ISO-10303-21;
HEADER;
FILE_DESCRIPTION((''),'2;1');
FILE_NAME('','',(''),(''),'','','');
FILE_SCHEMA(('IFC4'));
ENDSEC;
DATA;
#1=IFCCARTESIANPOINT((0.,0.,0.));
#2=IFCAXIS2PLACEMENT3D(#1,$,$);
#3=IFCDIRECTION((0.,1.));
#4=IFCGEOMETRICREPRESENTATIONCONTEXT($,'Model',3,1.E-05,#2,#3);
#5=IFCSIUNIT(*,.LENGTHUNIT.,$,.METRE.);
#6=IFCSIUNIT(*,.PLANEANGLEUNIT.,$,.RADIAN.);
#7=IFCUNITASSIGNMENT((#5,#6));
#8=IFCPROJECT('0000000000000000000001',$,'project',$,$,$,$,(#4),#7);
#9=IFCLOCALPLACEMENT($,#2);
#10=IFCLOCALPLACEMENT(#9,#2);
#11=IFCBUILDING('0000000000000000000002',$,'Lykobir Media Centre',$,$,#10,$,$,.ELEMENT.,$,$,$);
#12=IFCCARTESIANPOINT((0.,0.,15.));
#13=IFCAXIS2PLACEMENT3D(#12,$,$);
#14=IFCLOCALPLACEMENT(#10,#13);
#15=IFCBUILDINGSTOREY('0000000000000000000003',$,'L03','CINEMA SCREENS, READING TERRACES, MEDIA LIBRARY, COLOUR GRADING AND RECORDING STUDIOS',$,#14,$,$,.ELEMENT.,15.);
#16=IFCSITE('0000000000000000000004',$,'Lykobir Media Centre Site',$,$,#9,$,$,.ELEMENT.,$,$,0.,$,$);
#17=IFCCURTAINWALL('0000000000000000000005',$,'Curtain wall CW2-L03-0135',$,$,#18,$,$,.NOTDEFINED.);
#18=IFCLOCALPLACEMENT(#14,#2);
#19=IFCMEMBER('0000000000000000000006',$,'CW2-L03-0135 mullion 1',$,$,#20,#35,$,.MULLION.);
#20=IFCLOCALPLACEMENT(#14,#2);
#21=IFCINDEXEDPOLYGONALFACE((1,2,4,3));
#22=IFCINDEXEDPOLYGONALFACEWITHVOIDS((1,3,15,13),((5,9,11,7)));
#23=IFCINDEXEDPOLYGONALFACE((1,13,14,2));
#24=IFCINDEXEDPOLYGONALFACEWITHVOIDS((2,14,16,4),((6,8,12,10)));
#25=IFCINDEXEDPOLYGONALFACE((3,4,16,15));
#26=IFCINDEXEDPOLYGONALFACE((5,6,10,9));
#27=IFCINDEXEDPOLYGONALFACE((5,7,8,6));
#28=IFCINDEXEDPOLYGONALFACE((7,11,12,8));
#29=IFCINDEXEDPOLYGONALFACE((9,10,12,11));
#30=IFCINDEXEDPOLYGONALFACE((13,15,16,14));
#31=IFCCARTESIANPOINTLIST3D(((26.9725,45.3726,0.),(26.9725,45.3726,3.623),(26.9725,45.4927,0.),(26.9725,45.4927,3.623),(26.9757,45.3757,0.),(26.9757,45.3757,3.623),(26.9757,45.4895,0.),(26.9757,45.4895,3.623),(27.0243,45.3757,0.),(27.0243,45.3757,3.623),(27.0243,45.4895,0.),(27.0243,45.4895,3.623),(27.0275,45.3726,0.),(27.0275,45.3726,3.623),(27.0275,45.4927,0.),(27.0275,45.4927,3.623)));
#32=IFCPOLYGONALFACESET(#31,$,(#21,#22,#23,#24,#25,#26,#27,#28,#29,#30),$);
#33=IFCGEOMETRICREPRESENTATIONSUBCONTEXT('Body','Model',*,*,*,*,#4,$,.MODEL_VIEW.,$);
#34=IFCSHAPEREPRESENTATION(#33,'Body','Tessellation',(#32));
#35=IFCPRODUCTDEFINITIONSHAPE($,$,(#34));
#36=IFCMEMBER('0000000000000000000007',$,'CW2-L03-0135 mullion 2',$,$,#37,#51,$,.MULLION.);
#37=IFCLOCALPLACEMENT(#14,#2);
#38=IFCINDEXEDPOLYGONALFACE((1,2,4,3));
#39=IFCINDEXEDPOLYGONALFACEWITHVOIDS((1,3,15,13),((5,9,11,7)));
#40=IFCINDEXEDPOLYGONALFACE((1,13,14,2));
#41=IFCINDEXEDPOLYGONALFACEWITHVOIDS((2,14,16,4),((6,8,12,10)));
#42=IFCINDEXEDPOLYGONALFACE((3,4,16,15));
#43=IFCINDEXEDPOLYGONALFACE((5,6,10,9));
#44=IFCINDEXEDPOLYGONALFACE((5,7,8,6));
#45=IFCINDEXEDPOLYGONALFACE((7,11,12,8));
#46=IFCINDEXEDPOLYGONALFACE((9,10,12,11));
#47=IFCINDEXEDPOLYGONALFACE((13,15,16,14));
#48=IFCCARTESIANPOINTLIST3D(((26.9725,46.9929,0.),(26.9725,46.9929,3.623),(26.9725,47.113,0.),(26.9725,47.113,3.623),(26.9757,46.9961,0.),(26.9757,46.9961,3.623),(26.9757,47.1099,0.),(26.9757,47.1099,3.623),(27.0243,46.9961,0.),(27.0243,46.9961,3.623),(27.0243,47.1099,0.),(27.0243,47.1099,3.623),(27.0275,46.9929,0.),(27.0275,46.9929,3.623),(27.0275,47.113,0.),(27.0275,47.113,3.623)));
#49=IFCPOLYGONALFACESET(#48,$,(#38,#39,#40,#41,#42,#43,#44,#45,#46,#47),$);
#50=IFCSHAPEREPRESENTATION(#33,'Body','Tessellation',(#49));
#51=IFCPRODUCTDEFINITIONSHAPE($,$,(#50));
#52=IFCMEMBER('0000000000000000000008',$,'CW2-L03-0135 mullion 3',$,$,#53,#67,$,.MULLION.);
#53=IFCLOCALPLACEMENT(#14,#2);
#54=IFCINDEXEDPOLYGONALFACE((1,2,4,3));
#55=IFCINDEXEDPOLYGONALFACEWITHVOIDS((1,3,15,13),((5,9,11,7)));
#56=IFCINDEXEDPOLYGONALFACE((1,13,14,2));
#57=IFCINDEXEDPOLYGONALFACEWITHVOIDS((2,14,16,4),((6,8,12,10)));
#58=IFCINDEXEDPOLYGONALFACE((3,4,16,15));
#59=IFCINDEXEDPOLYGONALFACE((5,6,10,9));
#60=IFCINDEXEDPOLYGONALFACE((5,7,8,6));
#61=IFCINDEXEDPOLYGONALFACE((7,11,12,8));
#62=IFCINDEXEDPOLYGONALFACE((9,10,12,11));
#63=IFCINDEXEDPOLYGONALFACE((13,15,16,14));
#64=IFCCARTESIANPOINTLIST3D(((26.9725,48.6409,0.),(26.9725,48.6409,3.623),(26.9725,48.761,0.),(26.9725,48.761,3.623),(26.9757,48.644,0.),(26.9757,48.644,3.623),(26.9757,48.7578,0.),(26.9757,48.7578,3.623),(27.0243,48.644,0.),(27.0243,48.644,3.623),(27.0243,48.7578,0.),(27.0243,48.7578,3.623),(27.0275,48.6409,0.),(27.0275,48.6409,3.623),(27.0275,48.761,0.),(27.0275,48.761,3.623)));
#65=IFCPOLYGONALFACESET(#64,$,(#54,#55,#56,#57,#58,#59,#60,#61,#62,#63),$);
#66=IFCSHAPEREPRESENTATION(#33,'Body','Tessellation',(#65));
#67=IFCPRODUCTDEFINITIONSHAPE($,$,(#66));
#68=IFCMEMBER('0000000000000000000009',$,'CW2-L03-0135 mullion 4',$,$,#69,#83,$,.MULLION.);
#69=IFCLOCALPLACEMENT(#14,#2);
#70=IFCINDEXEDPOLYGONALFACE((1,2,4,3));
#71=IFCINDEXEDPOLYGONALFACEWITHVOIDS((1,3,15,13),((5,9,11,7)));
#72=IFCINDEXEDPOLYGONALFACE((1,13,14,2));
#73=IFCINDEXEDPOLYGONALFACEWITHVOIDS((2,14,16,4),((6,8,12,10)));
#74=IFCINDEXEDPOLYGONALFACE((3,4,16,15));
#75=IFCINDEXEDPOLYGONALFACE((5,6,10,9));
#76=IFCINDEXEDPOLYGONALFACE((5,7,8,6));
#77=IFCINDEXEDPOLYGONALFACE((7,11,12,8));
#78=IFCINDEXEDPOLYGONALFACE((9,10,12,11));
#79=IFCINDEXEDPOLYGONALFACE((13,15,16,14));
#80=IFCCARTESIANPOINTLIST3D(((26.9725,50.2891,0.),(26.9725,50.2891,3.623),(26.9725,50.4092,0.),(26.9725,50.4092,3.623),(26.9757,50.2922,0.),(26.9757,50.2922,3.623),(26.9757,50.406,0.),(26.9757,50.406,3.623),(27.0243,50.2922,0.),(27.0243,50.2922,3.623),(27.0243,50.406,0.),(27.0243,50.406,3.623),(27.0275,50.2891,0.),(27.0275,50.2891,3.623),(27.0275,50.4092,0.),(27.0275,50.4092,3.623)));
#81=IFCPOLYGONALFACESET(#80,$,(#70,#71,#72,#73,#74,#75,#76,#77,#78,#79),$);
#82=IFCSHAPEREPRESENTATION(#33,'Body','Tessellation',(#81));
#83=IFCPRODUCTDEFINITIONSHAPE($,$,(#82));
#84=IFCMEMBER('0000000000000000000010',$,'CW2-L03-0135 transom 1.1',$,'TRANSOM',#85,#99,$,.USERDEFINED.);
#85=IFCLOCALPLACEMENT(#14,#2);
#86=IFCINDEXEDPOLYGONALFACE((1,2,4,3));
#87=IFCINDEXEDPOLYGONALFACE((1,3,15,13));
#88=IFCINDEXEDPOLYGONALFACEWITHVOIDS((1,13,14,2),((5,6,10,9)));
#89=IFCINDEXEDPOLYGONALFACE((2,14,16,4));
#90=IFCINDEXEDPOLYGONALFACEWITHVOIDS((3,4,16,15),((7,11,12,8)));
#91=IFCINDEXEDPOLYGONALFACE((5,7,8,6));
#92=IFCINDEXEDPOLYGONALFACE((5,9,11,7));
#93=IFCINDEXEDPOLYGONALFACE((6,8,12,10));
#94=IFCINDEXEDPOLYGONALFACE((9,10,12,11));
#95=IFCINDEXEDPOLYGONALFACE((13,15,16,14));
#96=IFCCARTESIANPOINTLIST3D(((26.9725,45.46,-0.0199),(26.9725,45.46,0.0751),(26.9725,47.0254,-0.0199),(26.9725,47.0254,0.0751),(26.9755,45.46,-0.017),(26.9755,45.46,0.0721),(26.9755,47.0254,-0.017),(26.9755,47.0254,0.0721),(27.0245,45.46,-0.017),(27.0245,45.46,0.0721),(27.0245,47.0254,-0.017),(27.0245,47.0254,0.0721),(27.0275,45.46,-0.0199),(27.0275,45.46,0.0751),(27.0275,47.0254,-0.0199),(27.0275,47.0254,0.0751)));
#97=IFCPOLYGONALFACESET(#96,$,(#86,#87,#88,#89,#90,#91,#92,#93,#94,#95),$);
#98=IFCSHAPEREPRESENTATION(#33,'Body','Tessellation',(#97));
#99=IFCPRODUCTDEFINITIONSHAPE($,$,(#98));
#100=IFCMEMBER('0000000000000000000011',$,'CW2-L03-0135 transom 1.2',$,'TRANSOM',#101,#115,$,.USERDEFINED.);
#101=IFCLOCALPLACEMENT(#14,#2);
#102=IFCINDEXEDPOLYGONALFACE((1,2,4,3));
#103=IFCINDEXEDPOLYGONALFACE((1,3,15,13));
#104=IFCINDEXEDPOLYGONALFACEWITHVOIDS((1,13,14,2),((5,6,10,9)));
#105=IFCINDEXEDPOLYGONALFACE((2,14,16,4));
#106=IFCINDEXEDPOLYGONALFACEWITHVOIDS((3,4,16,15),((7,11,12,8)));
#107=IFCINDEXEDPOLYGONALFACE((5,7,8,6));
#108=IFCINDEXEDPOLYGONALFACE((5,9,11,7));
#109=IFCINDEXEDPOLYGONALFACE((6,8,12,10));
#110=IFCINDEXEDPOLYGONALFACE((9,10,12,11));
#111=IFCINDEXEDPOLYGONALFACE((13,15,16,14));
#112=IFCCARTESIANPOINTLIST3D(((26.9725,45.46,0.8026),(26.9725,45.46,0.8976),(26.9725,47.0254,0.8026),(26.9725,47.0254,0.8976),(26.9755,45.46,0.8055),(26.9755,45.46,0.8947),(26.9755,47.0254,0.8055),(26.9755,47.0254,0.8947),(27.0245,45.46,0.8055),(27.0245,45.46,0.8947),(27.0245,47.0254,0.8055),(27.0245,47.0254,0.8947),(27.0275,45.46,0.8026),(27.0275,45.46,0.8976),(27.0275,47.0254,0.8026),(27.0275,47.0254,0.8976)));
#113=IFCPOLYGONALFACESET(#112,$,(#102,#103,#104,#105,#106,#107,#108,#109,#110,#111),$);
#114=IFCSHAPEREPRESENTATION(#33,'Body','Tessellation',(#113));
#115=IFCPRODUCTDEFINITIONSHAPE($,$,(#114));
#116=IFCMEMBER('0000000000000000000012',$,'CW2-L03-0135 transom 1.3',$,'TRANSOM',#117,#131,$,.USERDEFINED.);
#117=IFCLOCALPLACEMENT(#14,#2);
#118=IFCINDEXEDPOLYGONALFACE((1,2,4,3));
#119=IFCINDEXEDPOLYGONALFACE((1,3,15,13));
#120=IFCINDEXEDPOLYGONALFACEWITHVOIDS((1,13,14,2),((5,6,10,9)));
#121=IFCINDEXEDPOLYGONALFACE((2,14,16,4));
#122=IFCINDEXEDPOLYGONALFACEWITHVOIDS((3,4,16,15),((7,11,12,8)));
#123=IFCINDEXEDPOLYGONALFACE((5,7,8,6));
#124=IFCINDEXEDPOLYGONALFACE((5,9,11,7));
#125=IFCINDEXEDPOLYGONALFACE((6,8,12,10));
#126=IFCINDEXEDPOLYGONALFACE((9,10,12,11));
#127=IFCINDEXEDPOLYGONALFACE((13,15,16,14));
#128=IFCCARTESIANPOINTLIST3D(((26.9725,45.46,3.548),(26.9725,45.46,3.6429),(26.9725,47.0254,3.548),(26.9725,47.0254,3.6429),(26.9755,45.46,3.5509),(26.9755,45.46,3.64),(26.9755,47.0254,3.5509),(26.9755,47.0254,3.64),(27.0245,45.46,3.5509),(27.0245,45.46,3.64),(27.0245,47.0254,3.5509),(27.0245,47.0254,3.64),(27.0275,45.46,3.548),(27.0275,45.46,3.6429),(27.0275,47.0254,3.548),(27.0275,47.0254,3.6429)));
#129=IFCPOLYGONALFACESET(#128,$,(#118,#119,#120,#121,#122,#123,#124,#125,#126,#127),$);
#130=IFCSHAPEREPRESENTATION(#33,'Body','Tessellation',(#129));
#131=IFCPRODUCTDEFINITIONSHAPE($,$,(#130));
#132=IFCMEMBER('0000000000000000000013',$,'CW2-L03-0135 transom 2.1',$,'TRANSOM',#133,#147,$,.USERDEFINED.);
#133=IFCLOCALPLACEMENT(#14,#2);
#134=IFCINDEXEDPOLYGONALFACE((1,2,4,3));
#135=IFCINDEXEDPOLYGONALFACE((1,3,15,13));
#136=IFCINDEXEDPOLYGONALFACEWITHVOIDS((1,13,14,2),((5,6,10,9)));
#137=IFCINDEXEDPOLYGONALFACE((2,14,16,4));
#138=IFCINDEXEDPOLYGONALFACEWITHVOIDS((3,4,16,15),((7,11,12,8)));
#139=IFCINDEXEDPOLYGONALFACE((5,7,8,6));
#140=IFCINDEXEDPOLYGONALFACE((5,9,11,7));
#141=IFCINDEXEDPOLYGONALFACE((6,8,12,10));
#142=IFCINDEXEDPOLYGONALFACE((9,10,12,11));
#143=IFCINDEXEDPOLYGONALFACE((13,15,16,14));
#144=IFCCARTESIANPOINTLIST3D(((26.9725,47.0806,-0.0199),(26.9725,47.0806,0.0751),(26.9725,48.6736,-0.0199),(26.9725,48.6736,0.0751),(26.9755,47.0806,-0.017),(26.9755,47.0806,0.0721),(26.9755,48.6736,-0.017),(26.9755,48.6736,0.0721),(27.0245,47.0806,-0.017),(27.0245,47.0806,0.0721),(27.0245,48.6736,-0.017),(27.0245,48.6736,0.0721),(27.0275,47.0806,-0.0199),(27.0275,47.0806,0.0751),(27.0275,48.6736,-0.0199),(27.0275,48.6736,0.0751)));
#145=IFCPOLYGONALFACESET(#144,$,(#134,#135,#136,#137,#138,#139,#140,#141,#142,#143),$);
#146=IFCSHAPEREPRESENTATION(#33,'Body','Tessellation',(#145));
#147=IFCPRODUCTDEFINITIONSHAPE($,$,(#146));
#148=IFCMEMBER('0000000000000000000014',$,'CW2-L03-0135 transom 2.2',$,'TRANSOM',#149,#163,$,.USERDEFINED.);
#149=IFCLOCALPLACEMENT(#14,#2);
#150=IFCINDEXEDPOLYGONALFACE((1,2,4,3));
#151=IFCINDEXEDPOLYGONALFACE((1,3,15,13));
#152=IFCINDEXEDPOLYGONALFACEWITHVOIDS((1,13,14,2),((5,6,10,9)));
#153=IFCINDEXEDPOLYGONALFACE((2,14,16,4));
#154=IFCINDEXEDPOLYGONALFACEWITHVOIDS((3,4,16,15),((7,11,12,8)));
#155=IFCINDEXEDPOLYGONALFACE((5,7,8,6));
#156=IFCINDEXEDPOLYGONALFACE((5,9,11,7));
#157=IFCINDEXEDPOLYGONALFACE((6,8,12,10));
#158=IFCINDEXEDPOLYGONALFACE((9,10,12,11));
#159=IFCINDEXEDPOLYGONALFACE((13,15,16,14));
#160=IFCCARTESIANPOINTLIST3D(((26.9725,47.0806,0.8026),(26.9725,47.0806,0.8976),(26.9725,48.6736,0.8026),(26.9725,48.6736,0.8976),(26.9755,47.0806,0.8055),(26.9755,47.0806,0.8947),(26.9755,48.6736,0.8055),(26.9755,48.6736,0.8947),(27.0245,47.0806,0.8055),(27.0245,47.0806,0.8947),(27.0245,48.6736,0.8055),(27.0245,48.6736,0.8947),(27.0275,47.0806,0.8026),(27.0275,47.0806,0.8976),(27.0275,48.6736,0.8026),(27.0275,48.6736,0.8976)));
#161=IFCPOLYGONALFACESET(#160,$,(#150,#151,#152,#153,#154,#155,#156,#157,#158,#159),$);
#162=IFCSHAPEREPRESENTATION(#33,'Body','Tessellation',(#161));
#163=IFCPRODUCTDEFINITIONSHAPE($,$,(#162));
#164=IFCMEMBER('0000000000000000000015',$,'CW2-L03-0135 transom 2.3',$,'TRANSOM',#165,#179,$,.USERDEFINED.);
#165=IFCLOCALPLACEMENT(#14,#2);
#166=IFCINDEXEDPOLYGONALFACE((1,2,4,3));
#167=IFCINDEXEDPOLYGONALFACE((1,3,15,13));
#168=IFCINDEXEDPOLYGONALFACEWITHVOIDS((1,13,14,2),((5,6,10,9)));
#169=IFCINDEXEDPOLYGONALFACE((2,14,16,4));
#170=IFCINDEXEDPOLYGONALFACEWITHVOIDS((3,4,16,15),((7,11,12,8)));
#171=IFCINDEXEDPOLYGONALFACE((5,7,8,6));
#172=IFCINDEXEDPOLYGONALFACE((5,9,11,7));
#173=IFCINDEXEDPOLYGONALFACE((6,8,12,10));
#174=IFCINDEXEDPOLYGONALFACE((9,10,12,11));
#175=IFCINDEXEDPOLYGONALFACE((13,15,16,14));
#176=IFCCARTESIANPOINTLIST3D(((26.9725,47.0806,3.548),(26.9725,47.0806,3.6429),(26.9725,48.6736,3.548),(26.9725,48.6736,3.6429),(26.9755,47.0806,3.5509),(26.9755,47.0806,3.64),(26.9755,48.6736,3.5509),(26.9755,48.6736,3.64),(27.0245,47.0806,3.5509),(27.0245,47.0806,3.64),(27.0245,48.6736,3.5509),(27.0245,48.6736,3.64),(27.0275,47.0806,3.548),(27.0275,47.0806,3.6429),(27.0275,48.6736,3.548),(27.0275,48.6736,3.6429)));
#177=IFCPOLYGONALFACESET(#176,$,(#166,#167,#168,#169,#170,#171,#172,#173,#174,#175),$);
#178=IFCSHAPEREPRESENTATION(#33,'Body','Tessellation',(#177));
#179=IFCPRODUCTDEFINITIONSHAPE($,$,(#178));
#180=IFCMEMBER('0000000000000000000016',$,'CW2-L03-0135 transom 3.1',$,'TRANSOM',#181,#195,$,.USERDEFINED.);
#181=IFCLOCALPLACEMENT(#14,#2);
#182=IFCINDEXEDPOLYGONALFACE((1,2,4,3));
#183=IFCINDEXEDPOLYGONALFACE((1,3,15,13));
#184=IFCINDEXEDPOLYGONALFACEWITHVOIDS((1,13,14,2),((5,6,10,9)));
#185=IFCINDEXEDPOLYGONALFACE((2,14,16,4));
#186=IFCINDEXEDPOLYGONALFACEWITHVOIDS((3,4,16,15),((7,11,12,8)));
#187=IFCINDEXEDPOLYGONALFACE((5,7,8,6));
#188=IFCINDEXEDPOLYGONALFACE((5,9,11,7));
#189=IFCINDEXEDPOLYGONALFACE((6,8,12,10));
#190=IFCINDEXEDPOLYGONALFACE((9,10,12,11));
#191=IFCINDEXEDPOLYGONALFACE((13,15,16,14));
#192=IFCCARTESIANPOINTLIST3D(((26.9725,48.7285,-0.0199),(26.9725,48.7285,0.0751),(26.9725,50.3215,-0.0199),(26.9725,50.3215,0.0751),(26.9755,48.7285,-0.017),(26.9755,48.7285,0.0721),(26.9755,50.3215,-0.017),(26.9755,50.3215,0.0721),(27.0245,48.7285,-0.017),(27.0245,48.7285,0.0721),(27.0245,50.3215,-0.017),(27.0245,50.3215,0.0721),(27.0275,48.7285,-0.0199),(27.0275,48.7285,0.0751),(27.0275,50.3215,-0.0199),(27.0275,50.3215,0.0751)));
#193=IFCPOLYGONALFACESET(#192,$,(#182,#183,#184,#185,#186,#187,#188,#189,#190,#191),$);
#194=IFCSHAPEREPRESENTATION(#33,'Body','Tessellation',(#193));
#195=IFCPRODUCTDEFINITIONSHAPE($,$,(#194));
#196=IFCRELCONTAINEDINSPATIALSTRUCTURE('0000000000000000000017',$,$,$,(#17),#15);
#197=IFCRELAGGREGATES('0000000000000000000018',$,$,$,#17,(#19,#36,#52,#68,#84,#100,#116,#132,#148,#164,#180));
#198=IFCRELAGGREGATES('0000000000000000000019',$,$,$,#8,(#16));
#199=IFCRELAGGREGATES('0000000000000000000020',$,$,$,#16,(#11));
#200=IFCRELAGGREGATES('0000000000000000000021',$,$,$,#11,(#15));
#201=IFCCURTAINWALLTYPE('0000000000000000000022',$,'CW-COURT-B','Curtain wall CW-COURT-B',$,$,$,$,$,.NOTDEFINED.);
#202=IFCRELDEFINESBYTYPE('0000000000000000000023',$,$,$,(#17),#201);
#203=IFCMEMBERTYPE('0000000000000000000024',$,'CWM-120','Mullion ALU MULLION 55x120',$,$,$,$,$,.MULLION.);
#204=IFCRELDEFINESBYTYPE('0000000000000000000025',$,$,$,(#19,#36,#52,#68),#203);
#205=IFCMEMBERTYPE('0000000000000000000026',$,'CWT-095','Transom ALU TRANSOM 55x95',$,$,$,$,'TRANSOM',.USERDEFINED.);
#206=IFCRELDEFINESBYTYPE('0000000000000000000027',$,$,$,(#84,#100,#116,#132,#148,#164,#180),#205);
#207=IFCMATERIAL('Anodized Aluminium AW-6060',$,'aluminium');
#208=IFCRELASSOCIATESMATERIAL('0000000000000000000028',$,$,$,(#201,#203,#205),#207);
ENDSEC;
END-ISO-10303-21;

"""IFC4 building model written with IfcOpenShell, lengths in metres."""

from ifc_helpers import new_model, si_unit, direction, frame, origin, origin_2d, place, context, subcontext, project, spatial, hollow_rectangle, extrude, material, material_profile, profile_set, type_object, element, aggregate, save


model = new_model("IFC4")

# Units and contexts
model_context = context("Model", 3, precision=1e-05, world=origin(), true_north=direction((0.0, 1.0)))
body_context = subcontext(model_context, "Body", "Model", "MODEL_VIEW")
ifc_project = project(units=[si_unit("LENGTHUNIT", "METRE"), si_unit("PLANEANGLEUNIT", "RADIAN")], contexts=[model_context])

# Site, building, storey
site_placement = place(None, origin())
site = spatial("IfcSite", under=ifc_project, at=site_placement, Name="Lykobir Media Centre Site", CompositionType="ELEMENT", RefElevation=0.0)
building_placement = place(site_placement, origin())
building = spatial("IfcBuilding", under=site, at=building_placement, Name="Lykobir Media Centre", CompositionType="ELEMENT")
storey_placement = place(building_placement, frame((0.0, 0.0, 15.0)))
storey = spatial("IfcBuildingStorey", under=building, at=storey_placement, Name="L03", Description="CINEMA SCREENS, READING TERRACES, MEDIA LIBRARY, COLOUR GRADING AND RECORDING STUDIOS", CompositionType="ELEMENT", Elevation=15.0)

# Curtain wall, members
ifc_material_1 = material(Name="Anodized Aluminium AW-6060", Category="aluminium")
curtain_wall_type = type_object("IfcCurtainWallType", Name="CW-COURT-B", Description="Curtain wall CW-COURT-B", PredefinedType="NOTDEFINED", material=ifc_material_1)
curtain_wall_placement = place(storey_placement, origin())
curtain_wall = element("IfcCurtainWall", 1, at=curtain_wall_placement, inside=storey, type_object=curtain_wall_type, Name="Curtain wall CW2-L03-0135", PredefinedType="NOTDEFINED")
ifc_material_profile_1 = material_profile(ifc_material_1, hollow_rectangle(XDim=0.0549, YDim=0.1201, WallThickness=0.0032, at=origin_2d()), Name="ALU MULLION 55x120")
ifc_profile_set_1 = profile_set([ifc_material_profile_1], Name="Anodized Aluminium AW-6060")
member_type_1 = type_object("IfcMemberType", Name="CWM-120", Description="Mullion ALU MULLION 55x120", PredefinedType="MULLION", material=ifc_profile_set_1)
member_1_placement = place(storey_placement, frame((27.0, 45.4326, 0.0), z_axis=(0.0, 0.0, 1.0), x_axis=(-1.0, 0.0, 0.0)))
member_1 = element("IfcMember", 2, at=member_1_placement, type_object=member_type_1, Name="CW2-L03-0135 mullion 1", PredefinedType="MULLION", context=body_context, shape_type="SweptSolid", body=[
    extrude(hollow_rectangle(XDim=0.0549, YDim=0.1201, WallThickness=0.0032, at=origin_2d()), origin(), (0.0, 0.0, 1.0), 3.623),
])
member_2_placement = place(storey_placement, frame((27.0, 47.053, 0.0), z_axis=(0.0, 0.0, 1.0), x_axis=(-1.0, 0.0, 0.0)))
member_2 = element("IfcMember", 3, at=member_2_placement, type_object=member_type_1, Name="CW2-L03-0135 mullion 2", PredefinedType="MULLION", context=body_context, shape_type="SweptSolid", body=[
    extrude(hollow_rectangle(XDim=0.0549, YDim=0.1201, WallThickness=0.0032, at=origin_2d()), origin(), (0.0, 0.0, 1.0), 3.623),
])
member_3_placement = place(storey_placement, frame((27.0, 48.7009, 0.0), z_axis=(0.0, 0.0, 1.0), x_axis=(-1.0, 0.0, 0.0)))
member_3 = element("IfcMember", 4, at=member_3_placement, type_object=member_type_1, Name="CW2-L03-0135 mullion 3", PredefinedType="MULLION", context=body_context, shape_type="SweptSolid", body=[
    extrude(hollow_rectangle(XDim=0.0549, YDim=0.1201, WallThickness=0.0032, at=origin_2d()), origin(), (0.0, 0.0, 1.0), 3.623),
])
member_4_placement = place(storey_placement, frame((27.0, 50.3491, 0.0), z_axis=(0.0, 0.0, 1.0), x_axis=(-1.0, 0.0, 0.0)))
member_4 = element("IfcMember", 5, at=member_4_placement, type_object=member_type_1, Name="CW2-L03-0135 mullion 4", PredefinedType="MULLION", context=body_context, shape_type="SweptSolid", body=[
    extrude(hollow_rectangle(XDim=0.0549, YDim=0.1201, WallThickness=0.0032, at=origin_2d()), origin(), (0.0, 0.0, 1.0), 3.623),
])
ifc_material_profile_2 = material_profile(ifc_material_1, hollow_rectangle(XDim=0.0549, YDim=0.095, WallThickness=0.0029, at=origin_2d()), Name="ALU TRANSOM 55x95")
ifc_profile_set_2 = profile_set([ifc_material_profile_2], Name="Anodized Aluminium AW-6060")
member_type_2 = type_object("IfcMemberType", Name="CWT-095", Description="Transom ALU TRANSOM 55x95", ElementType="TRANSOM", PredefinedType="USERDEFINED", material=ifc_profile_set_2)
member_5_placement = place(storey_placement, frame((27.0, 45.46, 0.0276), z_axis=(0.0, 1.0, 0.0), x_axis=(-1.0, 0.0, 0.0)))
member_5 = element("IfcMember", 6, at=member_5_placement, type_object=member_type_2, Name="CW2-L03-0135 transom 1.1", ObjectType="TRANSOM", PredefinedType="USERDEFINED", context=body_context, shape_type="SweptSolid", body=[
    extrude(hollow_rectangle(XDim=0.0549, YDim=0.095, WallThickness=0.0029, at=origin_2d()), origin(), (0.0, 0.0, 1.0), 1.5654),
])
member_6_placement = place(storey_placement, frame((27.0, 45.46, 0.8501), z_axis=(0.0, 1.0, 0.0), x_axis=(-1.0, 0.0, 0.0)))
member_6 = element("IfcMember", 7, at=member_6_placement, type_object=member_type_2, Name="CW2-L03-0135 transom 1.2", ObjectType="TRANSOM", PredefinedType="USERDEFINED", context=body_context, shape_type="SweptSolid", body=[
    extrude(hollow_rectangle(XDim=0.0549, YDim=0.095, WallThickness=0.0029, at=origin_2d()), origin(), (0.0, 0.0, 1.0), 1.5654),
])
member_7_placement = place(storey_placement, frame((27.0, 45.46, 3.5955), z_axis=(0.0, 1.0, 0.0), x_axis=(-1.0, 0.0, 0.0)))
member_7 = element("IfcMember", 8, at=member_7_placement, type_object=member_type_2, Name="CW2-L03-0135 transom 1.3", ObjectType="TRANSOM", PredefinedType="USERDEFINED", context=body_context, shape_type="SweptSolid", body=[
    extrude(hollow_rectangle(XDim=0.0549, YDim=0.095, WallThickness=0.0029, at=origin_2d()), origin(), (0.0, 0.0, 1.0), 1.5654),
])
member_8_placement = place(storey_placement, frame((27.0, 47.0806, 0.0276), z_axis=(0.0, 1.0, 0.0), x_axis=(-1.0, 0.0, 0.0)))
member_8 = element("IfcMember", 9, at=member_8_placement, type_object=member_type_2, Name="CW2-L03-0135 transom 2.1", ObjectType="TRANSOM", PredefinedType="USERDEFINED", context=body_context, shape_type="SweptSolid", body=[
    extrude(hollow_rectangle(XDim=0.0549, YDim=0.095, WallThickness=0.0029, at=origin_2d()), origin(), (0.0, 0.0, 1.0), 1.593),
])
member_9_placement = place(storey_placement, frame((27.0, 47.0806, 0.8501), z_axis=(0.0, 1.0, 0.0), x_axis=(-1.0, 0.0, 0.0)))
member_9 = element("IfcMember", 10, at=member_9_placement, type_object=member_type_2, Name="CW2-L03-0135 transom 2.2", ObjectType="TRANSOM", PredefinedType="USERDEFINED", context=body_context, shape_type="SweptSolid", body=[
    extrude(hollow_rectangle(XDim=0.0549, YDim=0.095, WallThickness=0.0029, at=origin_2d()), origin(), (0.0, 0.0, 1.0), 1.593),
])
member_10_placement = place(storey_placement, frame((27.0, 47.0806, 3.5955), z_axis=(0.0, 1.0, 0.0), x_axis=(-1.0, 0.0, 0.0)))
member_10 = element("IfcMember", 11, at=member_10_placement, type_object=member_type_2, Name="CW2-L03-0135 transom 2.3", ObjectType="TRANSOM", PredefinedType="USERDEFINED", context=body_context, shape_type="SweptSolid", body=[
    extrude(hollow_rectangle(XDim=0.0549, YDim=0.095, WallThickness=0.0029, at=origin_2d()), origin(), (0.0, 0.0, 1.0), 1.593),
])
member_11_placement = place(storey_placement, frame((27.0, 48.7285, 0.0276), z_axis=(0.0, 1.0, 0.0), x_axis=(-1.0, 0.0, 0.0)))
member_11 = element("IfcMember", 12, at=member_11_placement, type_object=member_type_2, Name="CW2-L03-0135 transom 3.1", ObjectType="TRANSOM", PredefinedType="USERDEFINED", context=body_context, shape_type="SweptSolid", body=[
    extrude(hollow_rectangle(XDim=0.0549, YDim=0.095, WallThickness=0.0029, at=origin_2d()), origin(), (0.0, 0.0, 1.0), 1.593),
])
aggregate(curtain_wall, [member_1, member_2, member_3, member_4, member_5, member_6, member_7, member_8, member_9, member_10, member_11])

save(model, "model.ifc")
